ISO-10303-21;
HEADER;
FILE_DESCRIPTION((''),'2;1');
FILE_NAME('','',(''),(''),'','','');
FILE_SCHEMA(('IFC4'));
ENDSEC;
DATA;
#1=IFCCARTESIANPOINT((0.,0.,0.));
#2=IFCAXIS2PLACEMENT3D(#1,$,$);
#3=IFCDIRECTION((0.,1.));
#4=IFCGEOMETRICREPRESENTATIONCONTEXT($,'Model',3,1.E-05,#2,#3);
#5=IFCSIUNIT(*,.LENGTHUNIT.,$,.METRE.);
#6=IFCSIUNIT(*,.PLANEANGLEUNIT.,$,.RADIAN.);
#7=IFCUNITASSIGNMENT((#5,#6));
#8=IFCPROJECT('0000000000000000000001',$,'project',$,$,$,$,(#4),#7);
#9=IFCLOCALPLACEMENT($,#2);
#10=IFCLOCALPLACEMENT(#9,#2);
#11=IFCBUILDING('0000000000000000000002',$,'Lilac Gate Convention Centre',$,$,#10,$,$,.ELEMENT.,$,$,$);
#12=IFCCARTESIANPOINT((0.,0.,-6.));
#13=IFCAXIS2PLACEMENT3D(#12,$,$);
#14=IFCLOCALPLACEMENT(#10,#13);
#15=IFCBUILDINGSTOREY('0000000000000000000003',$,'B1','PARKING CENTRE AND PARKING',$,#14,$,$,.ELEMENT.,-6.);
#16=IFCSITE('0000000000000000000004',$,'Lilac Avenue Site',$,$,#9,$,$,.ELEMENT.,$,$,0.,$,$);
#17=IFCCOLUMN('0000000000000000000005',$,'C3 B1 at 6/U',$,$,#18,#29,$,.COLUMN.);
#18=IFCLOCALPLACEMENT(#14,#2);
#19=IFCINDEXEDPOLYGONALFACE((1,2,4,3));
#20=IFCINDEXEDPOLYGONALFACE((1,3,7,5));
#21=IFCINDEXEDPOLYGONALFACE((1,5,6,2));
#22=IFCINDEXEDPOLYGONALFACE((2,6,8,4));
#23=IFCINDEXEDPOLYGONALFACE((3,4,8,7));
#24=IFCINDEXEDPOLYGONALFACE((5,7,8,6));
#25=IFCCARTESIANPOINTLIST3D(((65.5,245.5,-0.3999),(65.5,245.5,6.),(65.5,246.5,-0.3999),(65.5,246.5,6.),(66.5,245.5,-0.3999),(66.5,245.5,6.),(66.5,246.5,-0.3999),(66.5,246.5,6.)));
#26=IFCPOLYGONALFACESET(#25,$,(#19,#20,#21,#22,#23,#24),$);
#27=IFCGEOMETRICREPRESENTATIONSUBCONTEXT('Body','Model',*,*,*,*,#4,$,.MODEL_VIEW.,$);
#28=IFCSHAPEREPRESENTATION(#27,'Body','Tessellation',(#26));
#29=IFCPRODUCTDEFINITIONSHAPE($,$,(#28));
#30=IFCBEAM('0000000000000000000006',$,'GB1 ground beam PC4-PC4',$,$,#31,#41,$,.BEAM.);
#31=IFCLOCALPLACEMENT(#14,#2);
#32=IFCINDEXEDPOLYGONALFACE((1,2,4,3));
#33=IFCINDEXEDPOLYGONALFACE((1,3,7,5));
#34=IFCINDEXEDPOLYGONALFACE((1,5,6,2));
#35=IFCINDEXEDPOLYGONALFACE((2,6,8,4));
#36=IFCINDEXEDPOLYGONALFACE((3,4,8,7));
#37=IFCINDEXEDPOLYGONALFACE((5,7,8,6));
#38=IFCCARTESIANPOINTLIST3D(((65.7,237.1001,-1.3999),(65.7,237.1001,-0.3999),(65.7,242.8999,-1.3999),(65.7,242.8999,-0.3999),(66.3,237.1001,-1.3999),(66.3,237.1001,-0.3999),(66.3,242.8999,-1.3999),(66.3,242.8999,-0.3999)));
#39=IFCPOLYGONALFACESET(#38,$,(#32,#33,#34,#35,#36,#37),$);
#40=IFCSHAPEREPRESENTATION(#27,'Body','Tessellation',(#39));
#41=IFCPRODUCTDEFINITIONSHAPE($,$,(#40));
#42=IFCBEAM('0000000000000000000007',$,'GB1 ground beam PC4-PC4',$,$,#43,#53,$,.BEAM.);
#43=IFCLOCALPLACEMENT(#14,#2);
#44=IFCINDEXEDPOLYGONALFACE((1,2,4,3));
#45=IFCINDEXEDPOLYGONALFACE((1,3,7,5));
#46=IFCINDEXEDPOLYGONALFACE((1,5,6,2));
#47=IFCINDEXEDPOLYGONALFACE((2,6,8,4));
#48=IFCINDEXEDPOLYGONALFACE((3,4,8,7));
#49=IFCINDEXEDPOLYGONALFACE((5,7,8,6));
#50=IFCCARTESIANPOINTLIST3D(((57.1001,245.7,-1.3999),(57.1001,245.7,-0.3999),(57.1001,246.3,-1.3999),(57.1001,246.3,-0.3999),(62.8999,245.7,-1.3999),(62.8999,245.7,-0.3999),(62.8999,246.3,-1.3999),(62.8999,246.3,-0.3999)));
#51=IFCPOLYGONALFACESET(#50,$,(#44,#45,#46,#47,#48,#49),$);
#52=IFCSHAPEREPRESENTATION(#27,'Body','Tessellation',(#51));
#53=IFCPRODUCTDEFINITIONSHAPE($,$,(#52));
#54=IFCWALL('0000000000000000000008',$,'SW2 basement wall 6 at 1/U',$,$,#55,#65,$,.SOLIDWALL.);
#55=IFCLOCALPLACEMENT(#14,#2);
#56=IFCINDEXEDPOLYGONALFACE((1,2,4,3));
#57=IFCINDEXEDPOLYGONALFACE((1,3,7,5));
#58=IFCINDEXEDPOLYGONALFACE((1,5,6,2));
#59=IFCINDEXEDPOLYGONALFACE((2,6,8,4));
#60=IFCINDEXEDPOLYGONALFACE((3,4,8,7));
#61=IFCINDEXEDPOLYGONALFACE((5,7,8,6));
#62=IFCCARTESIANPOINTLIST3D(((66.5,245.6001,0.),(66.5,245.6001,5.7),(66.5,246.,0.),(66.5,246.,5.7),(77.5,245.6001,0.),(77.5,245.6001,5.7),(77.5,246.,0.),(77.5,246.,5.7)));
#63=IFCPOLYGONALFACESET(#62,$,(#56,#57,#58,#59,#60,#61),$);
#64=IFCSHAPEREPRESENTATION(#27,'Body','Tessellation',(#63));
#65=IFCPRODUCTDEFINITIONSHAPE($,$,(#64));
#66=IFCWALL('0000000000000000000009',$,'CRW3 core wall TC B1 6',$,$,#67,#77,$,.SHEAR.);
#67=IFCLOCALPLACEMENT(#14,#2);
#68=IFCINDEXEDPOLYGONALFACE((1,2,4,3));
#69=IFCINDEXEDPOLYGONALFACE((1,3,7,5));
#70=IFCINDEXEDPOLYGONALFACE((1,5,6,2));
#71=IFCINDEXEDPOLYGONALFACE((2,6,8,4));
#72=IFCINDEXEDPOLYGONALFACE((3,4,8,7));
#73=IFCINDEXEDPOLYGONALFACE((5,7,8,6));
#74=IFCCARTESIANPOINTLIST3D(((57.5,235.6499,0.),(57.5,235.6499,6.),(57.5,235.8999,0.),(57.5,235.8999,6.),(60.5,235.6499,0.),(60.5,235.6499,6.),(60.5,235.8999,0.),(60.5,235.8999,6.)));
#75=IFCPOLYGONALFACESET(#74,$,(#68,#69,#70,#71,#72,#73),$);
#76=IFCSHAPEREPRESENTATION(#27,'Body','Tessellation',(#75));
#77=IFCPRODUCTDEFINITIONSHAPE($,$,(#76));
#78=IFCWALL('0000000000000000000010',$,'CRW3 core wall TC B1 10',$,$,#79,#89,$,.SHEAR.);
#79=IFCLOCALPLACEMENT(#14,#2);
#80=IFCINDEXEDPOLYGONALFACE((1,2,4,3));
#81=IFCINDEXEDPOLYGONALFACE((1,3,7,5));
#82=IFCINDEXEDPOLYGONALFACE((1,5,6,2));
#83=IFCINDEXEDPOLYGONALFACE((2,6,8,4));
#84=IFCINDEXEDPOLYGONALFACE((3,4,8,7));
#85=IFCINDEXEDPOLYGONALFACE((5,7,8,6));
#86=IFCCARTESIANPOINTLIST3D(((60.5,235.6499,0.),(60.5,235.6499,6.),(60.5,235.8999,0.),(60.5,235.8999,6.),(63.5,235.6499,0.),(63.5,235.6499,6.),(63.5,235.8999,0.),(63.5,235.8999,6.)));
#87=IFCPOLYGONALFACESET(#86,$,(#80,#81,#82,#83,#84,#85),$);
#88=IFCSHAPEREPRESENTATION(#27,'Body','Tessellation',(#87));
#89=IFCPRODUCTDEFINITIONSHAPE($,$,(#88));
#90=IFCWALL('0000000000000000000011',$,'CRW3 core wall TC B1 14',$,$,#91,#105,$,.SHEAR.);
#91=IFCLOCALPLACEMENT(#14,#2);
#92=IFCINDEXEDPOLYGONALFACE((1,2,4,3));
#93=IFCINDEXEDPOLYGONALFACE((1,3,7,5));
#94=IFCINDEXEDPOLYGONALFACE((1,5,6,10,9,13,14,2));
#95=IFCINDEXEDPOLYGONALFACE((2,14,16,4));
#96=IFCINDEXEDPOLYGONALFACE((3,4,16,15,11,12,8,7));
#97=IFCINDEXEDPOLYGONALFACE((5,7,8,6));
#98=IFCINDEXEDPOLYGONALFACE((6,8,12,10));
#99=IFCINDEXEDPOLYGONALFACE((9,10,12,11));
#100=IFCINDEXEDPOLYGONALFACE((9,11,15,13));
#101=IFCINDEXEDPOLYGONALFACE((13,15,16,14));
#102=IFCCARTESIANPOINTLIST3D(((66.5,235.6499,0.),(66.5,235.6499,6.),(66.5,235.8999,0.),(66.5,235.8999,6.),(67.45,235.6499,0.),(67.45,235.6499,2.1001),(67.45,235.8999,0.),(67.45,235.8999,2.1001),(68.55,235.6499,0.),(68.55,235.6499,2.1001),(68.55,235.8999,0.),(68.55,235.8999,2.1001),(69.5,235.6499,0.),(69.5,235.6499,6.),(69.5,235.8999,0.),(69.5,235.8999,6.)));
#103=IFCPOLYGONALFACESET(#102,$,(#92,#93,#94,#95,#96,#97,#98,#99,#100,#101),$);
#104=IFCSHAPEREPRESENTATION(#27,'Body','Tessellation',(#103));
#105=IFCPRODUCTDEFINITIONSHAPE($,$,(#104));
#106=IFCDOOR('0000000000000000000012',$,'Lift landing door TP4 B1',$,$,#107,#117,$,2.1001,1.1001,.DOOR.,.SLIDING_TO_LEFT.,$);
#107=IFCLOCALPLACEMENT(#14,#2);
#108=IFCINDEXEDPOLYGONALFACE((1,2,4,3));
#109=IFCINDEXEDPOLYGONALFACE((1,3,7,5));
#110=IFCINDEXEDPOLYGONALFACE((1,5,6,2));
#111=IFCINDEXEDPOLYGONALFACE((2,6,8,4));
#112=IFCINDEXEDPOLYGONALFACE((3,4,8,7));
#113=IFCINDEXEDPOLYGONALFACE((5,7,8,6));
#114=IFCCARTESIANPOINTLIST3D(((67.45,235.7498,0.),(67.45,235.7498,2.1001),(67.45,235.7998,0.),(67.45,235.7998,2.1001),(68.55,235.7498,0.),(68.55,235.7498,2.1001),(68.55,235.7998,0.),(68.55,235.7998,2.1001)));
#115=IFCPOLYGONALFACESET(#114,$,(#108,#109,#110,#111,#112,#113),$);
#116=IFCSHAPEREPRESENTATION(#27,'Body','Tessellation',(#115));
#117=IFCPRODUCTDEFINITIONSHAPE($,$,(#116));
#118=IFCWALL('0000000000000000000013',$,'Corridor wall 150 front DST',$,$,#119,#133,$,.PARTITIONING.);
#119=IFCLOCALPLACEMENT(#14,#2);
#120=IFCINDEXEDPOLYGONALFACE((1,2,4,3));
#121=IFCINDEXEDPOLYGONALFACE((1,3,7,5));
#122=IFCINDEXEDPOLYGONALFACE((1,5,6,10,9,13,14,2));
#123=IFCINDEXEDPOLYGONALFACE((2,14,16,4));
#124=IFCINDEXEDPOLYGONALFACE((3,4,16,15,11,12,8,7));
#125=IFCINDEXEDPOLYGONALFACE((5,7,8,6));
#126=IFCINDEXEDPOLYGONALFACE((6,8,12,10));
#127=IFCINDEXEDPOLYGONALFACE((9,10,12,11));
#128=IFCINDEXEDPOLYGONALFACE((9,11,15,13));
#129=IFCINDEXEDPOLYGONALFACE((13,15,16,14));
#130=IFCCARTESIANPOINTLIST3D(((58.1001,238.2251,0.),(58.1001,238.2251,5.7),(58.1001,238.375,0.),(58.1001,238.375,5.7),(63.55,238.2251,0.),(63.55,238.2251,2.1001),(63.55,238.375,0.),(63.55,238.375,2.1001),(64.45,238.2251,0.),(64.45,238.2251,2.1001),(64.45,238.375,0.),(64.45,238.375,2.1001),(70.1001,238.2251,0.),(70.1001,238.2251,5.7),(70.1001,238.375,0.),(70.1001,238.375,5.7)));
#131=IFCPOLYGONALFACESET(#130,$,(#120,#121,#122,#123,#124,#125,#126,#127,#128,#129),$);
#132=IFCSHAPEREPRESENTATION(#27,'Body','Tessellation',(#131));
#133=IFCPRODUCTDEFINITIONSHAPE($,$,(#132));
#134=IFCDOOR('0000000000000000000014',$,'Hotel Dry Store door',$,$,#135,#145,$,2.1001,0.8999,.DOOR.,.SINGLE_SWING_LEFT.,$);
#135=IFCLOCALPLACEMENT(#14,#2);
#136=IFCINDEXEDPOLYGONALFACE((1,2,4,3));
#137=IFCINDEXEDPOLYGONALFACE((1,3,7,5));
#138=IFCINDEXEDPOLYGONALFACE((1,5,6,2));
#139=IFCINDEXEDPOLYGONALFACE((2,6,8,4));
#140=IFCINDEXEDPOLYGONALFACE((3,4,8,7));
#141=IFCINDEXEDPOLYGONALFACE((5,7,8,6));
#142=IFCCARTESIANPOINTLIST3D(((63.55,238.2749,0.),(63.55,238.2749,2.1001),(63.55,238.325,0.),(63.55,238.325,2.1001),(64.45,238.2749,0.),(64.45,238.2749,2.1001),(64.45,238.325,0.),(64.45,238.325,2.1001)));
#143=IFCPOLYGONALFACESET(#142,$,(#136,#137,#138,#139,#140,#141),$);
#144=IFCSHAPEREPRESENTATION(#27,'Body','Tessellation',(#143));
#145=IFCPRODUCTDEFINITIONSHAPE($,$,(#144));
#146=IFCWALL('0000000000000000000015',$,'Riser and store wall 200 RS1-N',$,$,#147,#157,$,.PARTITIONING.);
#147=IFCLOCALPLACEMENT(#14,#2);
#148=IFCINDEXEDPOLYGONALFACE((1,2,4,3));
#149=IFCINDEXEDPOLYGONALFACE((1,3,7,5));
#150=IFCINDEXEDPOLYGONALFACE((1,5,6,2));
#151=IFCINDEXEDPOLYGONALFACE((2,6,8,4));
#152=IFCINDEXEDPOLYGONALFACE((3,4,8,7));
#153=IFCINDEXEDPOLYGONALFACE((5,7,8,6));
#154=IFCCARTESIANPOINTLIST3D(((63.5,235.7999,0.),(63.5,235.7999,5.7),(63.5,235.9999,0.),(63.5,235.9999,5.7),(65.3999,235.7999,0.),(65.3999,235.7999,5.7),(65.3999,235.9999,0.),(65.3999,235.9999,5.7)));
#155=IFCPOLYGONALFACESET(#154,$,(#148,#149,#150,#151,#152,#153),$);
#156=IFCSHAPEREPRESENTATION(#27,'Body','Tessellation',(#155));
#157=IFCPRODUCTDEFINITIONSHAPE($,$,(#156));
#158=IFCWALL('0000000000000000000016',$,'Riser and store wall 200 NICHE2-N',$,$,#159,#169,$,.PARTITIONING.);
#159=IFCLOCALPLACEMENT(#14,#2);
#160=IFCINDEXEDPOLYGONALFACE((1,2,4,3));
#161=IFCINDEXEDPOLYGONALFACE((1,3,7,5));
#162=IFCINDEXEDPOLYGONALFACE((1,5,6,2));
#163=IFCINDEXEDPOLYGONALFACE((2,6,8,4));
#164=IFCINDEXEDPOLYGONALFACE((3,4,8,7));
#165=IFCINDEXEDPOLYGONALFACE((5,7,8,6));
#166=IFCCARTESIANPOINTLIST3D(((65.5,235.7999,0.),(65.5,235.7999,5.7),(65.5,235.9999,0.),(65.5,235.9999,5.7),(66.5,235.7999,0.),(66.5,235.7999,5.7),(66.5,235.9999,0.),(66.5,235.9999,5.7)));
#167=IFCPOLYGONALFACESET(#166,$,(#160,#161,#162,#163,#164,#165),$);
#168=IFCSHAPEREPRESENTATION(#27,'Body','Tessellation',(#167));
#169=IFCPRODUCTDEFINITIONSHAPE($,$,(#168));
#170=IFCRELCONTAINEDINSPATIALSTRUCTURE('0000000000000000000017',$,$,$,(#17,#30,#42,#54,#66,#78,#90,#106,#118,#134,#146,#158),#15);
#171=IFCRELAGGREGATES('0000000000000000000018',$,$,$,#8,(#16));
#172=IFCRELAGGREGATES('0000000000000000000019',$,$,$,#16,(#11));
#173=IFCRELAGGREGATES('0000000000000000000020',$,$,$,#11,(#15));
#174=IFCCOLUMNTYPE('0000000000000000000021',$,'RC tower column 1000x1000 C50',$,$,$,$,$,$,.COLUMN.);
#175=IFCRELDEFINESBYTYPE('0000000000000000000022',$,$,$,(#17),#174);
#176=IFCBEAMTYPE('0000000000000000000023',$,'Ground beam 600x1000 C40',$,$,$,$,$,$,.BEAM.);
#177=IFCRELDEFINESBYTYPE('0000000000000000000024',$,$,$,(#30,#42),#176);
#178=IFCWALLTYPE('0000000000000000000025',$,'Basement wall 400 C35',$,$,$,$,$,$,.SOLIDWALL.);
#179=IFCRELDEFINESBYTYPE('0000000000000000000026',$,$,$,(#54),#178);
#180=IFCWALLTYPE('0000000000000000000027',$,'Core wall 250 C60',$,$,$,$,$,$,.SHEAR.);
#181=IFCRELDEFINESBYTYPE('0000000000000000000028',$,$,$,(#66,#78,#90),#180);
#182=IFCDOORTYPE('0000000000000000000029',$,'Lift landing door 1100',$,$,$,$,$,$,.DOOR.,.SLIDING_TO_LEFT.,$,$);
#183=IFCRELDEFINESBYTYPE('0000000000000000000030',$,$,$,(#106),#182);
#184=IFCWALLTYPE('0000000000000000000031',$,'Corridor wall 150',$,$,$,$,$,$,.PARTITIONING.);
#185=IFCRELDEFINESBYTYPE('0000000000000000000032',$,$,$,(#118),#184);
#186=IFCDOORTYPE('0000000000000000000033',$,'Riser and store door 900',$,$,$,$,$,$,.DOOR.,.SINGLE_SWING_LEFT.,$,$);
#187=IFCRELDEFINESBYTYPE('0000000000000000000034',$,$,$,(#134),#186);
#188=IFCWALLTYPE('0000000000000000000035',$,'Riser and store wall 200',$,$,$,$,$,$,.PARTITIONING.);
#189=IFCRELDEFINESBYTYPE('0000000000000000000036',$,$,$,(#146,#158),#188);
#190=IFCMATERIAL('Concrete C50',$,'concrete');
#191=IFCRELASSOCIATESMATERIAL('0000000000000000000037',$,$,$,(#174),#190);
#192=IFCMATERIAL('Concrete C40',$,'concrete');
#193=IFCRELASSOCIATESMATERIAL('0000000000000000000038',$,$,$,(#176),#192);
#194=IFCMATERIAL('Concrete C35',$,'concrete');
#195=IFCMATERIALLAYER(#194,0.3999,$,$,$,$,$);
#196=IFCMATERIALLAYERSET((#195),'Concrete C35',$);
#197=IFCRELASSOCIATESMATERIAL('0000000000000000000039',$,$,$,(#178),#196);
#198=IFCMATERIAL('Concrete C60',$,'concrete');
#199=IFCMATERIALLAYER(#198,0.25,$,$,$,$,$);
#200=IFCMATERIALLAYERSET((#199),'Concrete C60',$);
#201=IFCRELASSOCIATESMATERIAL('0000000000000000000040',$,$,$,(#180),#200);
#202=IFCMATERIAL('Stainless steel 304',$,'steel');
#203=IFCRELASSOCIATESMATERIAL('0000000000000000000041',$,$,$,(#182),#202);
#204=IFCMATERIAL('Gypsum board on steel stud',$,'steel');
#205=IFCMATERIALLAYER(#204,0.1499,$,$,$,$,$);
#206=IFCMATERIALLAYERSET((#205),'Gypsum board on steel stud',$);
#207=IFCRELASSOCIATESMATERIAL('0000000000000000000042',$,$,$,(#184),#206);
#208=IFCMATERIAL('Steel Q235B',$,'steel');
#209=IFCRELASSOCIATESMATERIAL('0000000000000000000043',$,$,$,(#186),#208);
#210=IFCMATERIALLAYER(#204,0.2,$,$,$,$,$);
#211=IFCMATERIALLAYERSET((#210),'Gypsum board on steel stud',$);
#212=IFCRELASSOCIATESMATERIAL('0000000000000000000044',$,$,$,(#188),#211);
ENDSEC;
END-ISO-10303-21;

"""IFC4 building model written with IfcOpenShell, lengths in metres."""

from ifc_helpers import new_model, si_unit, direction, frame, frame_2d, origin, origin_2d, place, context, subcontext, project, spatial, rectangle, extrude, material, layer, layer_set, material_profile, profile_set, type_object, element, fill, save


model = new_model("IFC4")

# Units and contexts
model_context = context("Model", 3, precision=1e-05, world=origin(), true_north=direction((0.0, 1.0)))
body_context = subcontext(model_context, "Body", "Model", "MODEL_VIEW")
ifc_project = project(units=[si_unit("LENGTHUNIT", "METRE"), si_unit("PLANEANGLEUNIT", "RADIAN")], contexts=[model_context])

# Site, building, storey
site_placement = place(None, origin())
site = spatial("IfcSite", under=ifc_project, at=site_placement, Name="Lilac Avenue Site", CompositionType="ELEMENT", RefElevation=0.0)
building_placement = place(site_placement, origin())
building = spatial("IfcBuilding", under=site, at=building_placement, Name="Lilac Gate Convention Centre", CompositionType="ELEMENT")
storey_placement = place(building_placement, frame((0.0, 0.0, -6.0)))
storey = spatial("IfcBuildingStorey", under=building, at=storey_placement, Name="B1", Description="PARKING CENTRE AND PARKING", CompositionType="ELEMENT", Elevation=-6.0)

# Shared definitions
ifc_material_1 = material(Name="Concrete C35", Category="concrete")

# Column
ifc_material_2 = material(Name="Concrete C50", Category="concrete")
ifc_material_profile_1 = material_profile(ifc_material_2, rectangle(XDim=1.0, YDim=1.0, at=origin_2d()), Name="RC 1000x1000")
ifc_profile_set_1 = profile_set([ifc_material_profile_1], Name="Concrete C50")
column_type = type_object("IfcColumnType", Name="RC tower column 1000x1000 C50", PredefinedType="COLUMN", material=ifc_profile_set_1)
column_placement = place(storey_placement, frame((66.0, 246.0, -0.3999), z_axis=(0.0, 0.0, 1.0), x_axis=(1.0, 0.0, 0.0)))
element("IfcColumn", 1, at=column_placement, inside=storey, type_object=column_type, Name="C3 B1 at 6/U", PredefinedType="COLUMN", context=body_context, shape_type="SweptSolid", body=[
    extrude(rectangle(XDim=1.0, YDim=1.0, at=origin_2d()), origin(), (0.0, 0.0, 1.0), 6.3999),
])

# Beams
ifc_material_3 = material(Name="Concrete C40", Category="concrete")
ifc_material_profile_2 = material_profile(ifc_material_3, rectangle(XDim=0.6001, YDim=1.0, at=origin_2d()), Name="RC 600x1000")
ifc_profile_set_2 = profile_set([ifc_material_profile_2], Name="Concrete C40")
beam_type = type_object("IfcBeamType", Name="Ground beam 600x1000 C40", PredefinedType="BEAM", material=ifc_profile_set_2)
for number, where, z_axis, x_axis, name in (
    (2, (66.0, 237.1001, -0.8999), (0.0, 1.0, 0.0), (-1.0, 0.0, 0.0), "GB1 ground beam PC4-PC4"),
    (3, (57.1001, 246.0, -0.8999), (1.0, 0.0, 0.0), (0.0, 1.0, 0.0), "GB1 ground beam PC4-PC4"),
):
    element("IfcBeam", number, at=place(storey_placement, frame(where, z_axis=z_axis, x_axis=x_axis)), inside=storey, type_object=beam_type, Name=name, PredefinedType="BEAM", context=body_context, shape_type="SweptSolid", body=[
        extrude(rectangle(XDim=0.6001, YDim=1.0, at=origin_2d()), origin(), (0.0, 0.0, 1.0), 5.7998),
    ])

# Walls
ifc_layer_1 = layer(ifc_material_1, 0.3999)
ifc_layer_set_1 = layer_set([ifc_layer_1], Name="Concrete C35")
wall_type_1 = type_object("IfcWallType", Name="Basement wall 400 C35", PredefinedType="SOLIDWALL", material=ifc_layer_set_1)
wall_1_placement = place(storey_placement, frame((66.5, 245.8, 0.0), z_axis=(0.0, 0.0, 1.0), x_axis=(1.0, 0.0, 0.0)))
element("IfcWall", 4, at=wall_1_placement, inside=storey, type_object=wall_type_1, Name="SW2 basement wall 6 at 1/U", PredefinedType="SOLIDWALL", context=body_context, shape_type="SweptSolid", body=[
    extrude(rectangle(XDim=11.0, YDim=0.3999, at=frame_2d((5.5, 0.0))), origin(), (0.0, 0.0, 1.0), 5.7),
])
ifc_material_4 = material(Name="Concrete C60", Category="concrete")
ifc_layer_2 = layer(ifc_material_4, 0.25)
ifc_layer_set_2 = layer_set([ifc_layer_2], Name="Concrete C60")
wall_type_2 = type_object("IfcWallType", Name="Core wall 250 C60", PredefinedType="SHEAR", material=ifc_layer_set_2)
for number, where, z_axis, x_axis, name in (
    (5, (57.5, 235.7749, 0.0), (0.0, 0.0, 1.0), (1.0, 0.0, 0.0), "CRW3 core wall TC B1 6"),
    (6, (60.5, 235.7749, 0.0), (0.0, 0.0, 1.0), (1.0, 0.0, 0.0), "CRW3 core wall TC B1 10"),
):
    element("IfcWall", number, at=place(storey_placement, frame(where, z_axis=z_axis, x_axis=x_axis)), inside=storey, type_object=wall_type_2, Name=name, PredefinedType="SHEAR", context=body_context, shape_type="SweptSolid", body=[
        extrude(rectangle(XDim=3.0, YDim=0.25, at=frame_2d((1.5, 0.0))), origin(), (0.0, 0.0, 1.0), 6.0),
    ])

# Walls, openings, doors
wall_2_placement = place(storey_placement, frame((66.5, 235.7749, 0.0), z_axis=(0.0, 0.0, 1.0), x_axis=(1.0, 0.0, 0.0)))
wall_2 = element("IfcWall", 7, at=wall_2_placement, inside=storey, type_object=wall_type_2, Name="CRW3 core wall TC B1 14", PredefinedType="SHEAR", context=body_context, shape_type="SweptSolid", body=[
    extrude(rectangle(XDim=3.0, YDim=0.25, at=frame_2d((1.5, 0.0))), origin(), (0.0, 0.0, 1.0), 6.0),
])
opening_1_placement = place(wall_2_placement, frame((0.95, 0.0, 0.0)))
opening_1 = element("IfcOpeningElement", 8, at=opening_1_placement, cuts=wall_2, PredefinedType="OPENING", context=body_context, shape_type="SweptSolid", body=[
    extrude(rectangle(XDim=1.1001, YDim=2.1001, at=frame_2d((0.55, 1.05))), frame((0.0, 0.135, 0.0), z_axis=(0.0, -1.0, 0.0), x_axis=(1.0, 0.0, 0.0)), (0.0, 0.0, 1.0), 0.27),
])
ifc_material_5 = material(Name="Stainless steel 304", Category="steel")
door_type_1 = type_object("IfcDoorType", Name="Lift landing door 1100", OperationType="SLIDING_TO_LEFT", PredefinedType="DOOR", material=ifc_material_5)
door_1_placement = place(opening_1_placement, origin())
door_1 = element("IfcDoor", 9, at=door_1_placement, inside=storey, type_object=door_type_1, Name="Lift landing door TP4 B1", OperationType="SLIDING_TO_LEFT", OverallHeight=2.1001, OverallWidth=1.1001, PredefinedType="DOOR", context=body_context, shape_type="SweptSolid", body=[
    extrude(rectangle(XDim=1.1001, YDim=2.1001, at=frame_2d((0.55, 1.05))), frame((0.0, 0.0249, 0.0), z_axis=(0.0, -1.0, 0.0), x_axis=(1.0, 0.0, 0.0)), (0.0, 0.0, 1.0), 0.05),
])
fill(opening_1, door_1)
ifc_material_6 = material(Name="Gypsum board on steel stud", Category="steel")
ifc_layer_3 = layer(ifc_material_6, 0.1499)
ifc_layer_set_3 = layer_set([ifc_layer_3], Name="Gypsum board on steel stud")
wall_type_3 = type_object("IfcWallType", Name="Corridor wall 150", PredefinedType="PARTITIONING", material=ifc_layer_set_3)
wall_3_placement = place(storey_placement, frame((58.1001, 238.3, 0.0), z_axis=(0.0, 0.0, 1.0), x_axis=(1.0, 0.0, 0.0)))
wall_3 = element("IfcWall", 10, at=wall_3_placement, inside=storey, type_object=wall_type_3, Name="Corridor wall 150 front DST", PredefinedType="PARTITIONING", context=body_context, shape_type="SweptSolid", body=[
    extrude(rectangle(XDim=12.0, YDim=0.1499, at=frame_2d((6.0, 0.0))), origin(), (0.0, 0.0, 1.0), 5.7),
])
opening_2_placement = place(wall_3_placement, frame((5.45, 0.0, 0.0)))
opening_2 = element("IfcOpeningElement", 11, at=opening_2_placement, cuts=wall_3, PredefinedType="OPENING", context=body_context, shape_type="SweptSolid", body=[
    extrude(rectangle(XDim=0.8999, YDim=2.1001, at=frame_2d((0.45, 1.05))), frame((0.0, 0.085, 0.0), z_axis=(0.0, -1.0, 0.0), x_axis=(1.0, 0.0, 0.0)), (0.0, 0.0, 1.0), 0.1699),
])
ifc_material_7 = material(Name="Steel Q235B", Category="steel")
door_type_2 = type_object("IfcDoorType", Name="Riser and store door 900", OperationType="SINGLE_SWING_LEFT", PredefinedType="DOOR", material=ifc_material_7)
door_2_placement = place(opening_2_placement, origin())
door_2 = element("IfcDoor", 12, at=door_2_placement, inside=storey, type_object=door_type_2, Name="Hotel Dry Store door", OperationType="SINGLE_SWING_LEFT", OverallHeight=2.1001, OverallWidth=0.8999, PredefinedType="DOOR", context=body_context, shape_type="SweptSolid", body=[
    extrude(rectangle(XDim=0.8999, YDim=2.1001, at=frame_2d((0.45, 1.05))), frame((0.0, 0.0249, 0.0), z_axis=(0.0, -1.0, 0.0), x_axis=(1.0, 0.0, 0.0)), (0.0, 0.0, 1.0), 0.05),
])
fill(opening_2, door_2)

# Walls
ifc_layer_4 = layer(ifc_material_6, 0.2)
ifc_layer_set_4 = layer_set([ifc_layer_4], Name="Gypsum board on steel stud")
wall_type_4 = type_object("IfcWallType", Name="Riser and store wall 200", PredefinedType="PARTITIONING", material=ifc_layer_set_4)
wall_4_placement = place(storey_placement, frame((63.5, 235.8999, 0.0), z_axis=(0.0, 0.0, 1.0), x_axis=(1.0, 0.0, 0.0)))
element("IfcWall", 13, at=wall_4_placement, inside=storey, type_object=wall_type_4, Name="Riser and store wall 200 RS1-N", PredefinedType="PARTITIONING", context=body_context, shape_type="SweptSolid", body=[
    extrude(rectangle(XDim=1.8999, YDim=0.2, at=frame_2d((0.95, 0.0))), origin(), (0.0, 0.0, 1.0), 5.7),
])
wall_5_placement = place(storey_placement, frame((65.5, 235.8999, 0.0), z_axis=(0.0, 0.0, 1.0), x_axis=(1.0, 0.0, 0.0)))
element("IfcWall", 14, at=wall_5_placement, inside=storey, type_object=wall_type_4, Name="Riser and store wall 200 NICHE2-N", PredefinedType="PARTITIONING", context=body_context, shape_type="SweptSolid", body=[
    extrude(rectangle(XDim=1.0, YDim=0.2, at=frame_2d((0.5, 0.0))), origin(), (0.0, 0.0, 1.0), 5.7),
])

save(model, "model.ifc")
